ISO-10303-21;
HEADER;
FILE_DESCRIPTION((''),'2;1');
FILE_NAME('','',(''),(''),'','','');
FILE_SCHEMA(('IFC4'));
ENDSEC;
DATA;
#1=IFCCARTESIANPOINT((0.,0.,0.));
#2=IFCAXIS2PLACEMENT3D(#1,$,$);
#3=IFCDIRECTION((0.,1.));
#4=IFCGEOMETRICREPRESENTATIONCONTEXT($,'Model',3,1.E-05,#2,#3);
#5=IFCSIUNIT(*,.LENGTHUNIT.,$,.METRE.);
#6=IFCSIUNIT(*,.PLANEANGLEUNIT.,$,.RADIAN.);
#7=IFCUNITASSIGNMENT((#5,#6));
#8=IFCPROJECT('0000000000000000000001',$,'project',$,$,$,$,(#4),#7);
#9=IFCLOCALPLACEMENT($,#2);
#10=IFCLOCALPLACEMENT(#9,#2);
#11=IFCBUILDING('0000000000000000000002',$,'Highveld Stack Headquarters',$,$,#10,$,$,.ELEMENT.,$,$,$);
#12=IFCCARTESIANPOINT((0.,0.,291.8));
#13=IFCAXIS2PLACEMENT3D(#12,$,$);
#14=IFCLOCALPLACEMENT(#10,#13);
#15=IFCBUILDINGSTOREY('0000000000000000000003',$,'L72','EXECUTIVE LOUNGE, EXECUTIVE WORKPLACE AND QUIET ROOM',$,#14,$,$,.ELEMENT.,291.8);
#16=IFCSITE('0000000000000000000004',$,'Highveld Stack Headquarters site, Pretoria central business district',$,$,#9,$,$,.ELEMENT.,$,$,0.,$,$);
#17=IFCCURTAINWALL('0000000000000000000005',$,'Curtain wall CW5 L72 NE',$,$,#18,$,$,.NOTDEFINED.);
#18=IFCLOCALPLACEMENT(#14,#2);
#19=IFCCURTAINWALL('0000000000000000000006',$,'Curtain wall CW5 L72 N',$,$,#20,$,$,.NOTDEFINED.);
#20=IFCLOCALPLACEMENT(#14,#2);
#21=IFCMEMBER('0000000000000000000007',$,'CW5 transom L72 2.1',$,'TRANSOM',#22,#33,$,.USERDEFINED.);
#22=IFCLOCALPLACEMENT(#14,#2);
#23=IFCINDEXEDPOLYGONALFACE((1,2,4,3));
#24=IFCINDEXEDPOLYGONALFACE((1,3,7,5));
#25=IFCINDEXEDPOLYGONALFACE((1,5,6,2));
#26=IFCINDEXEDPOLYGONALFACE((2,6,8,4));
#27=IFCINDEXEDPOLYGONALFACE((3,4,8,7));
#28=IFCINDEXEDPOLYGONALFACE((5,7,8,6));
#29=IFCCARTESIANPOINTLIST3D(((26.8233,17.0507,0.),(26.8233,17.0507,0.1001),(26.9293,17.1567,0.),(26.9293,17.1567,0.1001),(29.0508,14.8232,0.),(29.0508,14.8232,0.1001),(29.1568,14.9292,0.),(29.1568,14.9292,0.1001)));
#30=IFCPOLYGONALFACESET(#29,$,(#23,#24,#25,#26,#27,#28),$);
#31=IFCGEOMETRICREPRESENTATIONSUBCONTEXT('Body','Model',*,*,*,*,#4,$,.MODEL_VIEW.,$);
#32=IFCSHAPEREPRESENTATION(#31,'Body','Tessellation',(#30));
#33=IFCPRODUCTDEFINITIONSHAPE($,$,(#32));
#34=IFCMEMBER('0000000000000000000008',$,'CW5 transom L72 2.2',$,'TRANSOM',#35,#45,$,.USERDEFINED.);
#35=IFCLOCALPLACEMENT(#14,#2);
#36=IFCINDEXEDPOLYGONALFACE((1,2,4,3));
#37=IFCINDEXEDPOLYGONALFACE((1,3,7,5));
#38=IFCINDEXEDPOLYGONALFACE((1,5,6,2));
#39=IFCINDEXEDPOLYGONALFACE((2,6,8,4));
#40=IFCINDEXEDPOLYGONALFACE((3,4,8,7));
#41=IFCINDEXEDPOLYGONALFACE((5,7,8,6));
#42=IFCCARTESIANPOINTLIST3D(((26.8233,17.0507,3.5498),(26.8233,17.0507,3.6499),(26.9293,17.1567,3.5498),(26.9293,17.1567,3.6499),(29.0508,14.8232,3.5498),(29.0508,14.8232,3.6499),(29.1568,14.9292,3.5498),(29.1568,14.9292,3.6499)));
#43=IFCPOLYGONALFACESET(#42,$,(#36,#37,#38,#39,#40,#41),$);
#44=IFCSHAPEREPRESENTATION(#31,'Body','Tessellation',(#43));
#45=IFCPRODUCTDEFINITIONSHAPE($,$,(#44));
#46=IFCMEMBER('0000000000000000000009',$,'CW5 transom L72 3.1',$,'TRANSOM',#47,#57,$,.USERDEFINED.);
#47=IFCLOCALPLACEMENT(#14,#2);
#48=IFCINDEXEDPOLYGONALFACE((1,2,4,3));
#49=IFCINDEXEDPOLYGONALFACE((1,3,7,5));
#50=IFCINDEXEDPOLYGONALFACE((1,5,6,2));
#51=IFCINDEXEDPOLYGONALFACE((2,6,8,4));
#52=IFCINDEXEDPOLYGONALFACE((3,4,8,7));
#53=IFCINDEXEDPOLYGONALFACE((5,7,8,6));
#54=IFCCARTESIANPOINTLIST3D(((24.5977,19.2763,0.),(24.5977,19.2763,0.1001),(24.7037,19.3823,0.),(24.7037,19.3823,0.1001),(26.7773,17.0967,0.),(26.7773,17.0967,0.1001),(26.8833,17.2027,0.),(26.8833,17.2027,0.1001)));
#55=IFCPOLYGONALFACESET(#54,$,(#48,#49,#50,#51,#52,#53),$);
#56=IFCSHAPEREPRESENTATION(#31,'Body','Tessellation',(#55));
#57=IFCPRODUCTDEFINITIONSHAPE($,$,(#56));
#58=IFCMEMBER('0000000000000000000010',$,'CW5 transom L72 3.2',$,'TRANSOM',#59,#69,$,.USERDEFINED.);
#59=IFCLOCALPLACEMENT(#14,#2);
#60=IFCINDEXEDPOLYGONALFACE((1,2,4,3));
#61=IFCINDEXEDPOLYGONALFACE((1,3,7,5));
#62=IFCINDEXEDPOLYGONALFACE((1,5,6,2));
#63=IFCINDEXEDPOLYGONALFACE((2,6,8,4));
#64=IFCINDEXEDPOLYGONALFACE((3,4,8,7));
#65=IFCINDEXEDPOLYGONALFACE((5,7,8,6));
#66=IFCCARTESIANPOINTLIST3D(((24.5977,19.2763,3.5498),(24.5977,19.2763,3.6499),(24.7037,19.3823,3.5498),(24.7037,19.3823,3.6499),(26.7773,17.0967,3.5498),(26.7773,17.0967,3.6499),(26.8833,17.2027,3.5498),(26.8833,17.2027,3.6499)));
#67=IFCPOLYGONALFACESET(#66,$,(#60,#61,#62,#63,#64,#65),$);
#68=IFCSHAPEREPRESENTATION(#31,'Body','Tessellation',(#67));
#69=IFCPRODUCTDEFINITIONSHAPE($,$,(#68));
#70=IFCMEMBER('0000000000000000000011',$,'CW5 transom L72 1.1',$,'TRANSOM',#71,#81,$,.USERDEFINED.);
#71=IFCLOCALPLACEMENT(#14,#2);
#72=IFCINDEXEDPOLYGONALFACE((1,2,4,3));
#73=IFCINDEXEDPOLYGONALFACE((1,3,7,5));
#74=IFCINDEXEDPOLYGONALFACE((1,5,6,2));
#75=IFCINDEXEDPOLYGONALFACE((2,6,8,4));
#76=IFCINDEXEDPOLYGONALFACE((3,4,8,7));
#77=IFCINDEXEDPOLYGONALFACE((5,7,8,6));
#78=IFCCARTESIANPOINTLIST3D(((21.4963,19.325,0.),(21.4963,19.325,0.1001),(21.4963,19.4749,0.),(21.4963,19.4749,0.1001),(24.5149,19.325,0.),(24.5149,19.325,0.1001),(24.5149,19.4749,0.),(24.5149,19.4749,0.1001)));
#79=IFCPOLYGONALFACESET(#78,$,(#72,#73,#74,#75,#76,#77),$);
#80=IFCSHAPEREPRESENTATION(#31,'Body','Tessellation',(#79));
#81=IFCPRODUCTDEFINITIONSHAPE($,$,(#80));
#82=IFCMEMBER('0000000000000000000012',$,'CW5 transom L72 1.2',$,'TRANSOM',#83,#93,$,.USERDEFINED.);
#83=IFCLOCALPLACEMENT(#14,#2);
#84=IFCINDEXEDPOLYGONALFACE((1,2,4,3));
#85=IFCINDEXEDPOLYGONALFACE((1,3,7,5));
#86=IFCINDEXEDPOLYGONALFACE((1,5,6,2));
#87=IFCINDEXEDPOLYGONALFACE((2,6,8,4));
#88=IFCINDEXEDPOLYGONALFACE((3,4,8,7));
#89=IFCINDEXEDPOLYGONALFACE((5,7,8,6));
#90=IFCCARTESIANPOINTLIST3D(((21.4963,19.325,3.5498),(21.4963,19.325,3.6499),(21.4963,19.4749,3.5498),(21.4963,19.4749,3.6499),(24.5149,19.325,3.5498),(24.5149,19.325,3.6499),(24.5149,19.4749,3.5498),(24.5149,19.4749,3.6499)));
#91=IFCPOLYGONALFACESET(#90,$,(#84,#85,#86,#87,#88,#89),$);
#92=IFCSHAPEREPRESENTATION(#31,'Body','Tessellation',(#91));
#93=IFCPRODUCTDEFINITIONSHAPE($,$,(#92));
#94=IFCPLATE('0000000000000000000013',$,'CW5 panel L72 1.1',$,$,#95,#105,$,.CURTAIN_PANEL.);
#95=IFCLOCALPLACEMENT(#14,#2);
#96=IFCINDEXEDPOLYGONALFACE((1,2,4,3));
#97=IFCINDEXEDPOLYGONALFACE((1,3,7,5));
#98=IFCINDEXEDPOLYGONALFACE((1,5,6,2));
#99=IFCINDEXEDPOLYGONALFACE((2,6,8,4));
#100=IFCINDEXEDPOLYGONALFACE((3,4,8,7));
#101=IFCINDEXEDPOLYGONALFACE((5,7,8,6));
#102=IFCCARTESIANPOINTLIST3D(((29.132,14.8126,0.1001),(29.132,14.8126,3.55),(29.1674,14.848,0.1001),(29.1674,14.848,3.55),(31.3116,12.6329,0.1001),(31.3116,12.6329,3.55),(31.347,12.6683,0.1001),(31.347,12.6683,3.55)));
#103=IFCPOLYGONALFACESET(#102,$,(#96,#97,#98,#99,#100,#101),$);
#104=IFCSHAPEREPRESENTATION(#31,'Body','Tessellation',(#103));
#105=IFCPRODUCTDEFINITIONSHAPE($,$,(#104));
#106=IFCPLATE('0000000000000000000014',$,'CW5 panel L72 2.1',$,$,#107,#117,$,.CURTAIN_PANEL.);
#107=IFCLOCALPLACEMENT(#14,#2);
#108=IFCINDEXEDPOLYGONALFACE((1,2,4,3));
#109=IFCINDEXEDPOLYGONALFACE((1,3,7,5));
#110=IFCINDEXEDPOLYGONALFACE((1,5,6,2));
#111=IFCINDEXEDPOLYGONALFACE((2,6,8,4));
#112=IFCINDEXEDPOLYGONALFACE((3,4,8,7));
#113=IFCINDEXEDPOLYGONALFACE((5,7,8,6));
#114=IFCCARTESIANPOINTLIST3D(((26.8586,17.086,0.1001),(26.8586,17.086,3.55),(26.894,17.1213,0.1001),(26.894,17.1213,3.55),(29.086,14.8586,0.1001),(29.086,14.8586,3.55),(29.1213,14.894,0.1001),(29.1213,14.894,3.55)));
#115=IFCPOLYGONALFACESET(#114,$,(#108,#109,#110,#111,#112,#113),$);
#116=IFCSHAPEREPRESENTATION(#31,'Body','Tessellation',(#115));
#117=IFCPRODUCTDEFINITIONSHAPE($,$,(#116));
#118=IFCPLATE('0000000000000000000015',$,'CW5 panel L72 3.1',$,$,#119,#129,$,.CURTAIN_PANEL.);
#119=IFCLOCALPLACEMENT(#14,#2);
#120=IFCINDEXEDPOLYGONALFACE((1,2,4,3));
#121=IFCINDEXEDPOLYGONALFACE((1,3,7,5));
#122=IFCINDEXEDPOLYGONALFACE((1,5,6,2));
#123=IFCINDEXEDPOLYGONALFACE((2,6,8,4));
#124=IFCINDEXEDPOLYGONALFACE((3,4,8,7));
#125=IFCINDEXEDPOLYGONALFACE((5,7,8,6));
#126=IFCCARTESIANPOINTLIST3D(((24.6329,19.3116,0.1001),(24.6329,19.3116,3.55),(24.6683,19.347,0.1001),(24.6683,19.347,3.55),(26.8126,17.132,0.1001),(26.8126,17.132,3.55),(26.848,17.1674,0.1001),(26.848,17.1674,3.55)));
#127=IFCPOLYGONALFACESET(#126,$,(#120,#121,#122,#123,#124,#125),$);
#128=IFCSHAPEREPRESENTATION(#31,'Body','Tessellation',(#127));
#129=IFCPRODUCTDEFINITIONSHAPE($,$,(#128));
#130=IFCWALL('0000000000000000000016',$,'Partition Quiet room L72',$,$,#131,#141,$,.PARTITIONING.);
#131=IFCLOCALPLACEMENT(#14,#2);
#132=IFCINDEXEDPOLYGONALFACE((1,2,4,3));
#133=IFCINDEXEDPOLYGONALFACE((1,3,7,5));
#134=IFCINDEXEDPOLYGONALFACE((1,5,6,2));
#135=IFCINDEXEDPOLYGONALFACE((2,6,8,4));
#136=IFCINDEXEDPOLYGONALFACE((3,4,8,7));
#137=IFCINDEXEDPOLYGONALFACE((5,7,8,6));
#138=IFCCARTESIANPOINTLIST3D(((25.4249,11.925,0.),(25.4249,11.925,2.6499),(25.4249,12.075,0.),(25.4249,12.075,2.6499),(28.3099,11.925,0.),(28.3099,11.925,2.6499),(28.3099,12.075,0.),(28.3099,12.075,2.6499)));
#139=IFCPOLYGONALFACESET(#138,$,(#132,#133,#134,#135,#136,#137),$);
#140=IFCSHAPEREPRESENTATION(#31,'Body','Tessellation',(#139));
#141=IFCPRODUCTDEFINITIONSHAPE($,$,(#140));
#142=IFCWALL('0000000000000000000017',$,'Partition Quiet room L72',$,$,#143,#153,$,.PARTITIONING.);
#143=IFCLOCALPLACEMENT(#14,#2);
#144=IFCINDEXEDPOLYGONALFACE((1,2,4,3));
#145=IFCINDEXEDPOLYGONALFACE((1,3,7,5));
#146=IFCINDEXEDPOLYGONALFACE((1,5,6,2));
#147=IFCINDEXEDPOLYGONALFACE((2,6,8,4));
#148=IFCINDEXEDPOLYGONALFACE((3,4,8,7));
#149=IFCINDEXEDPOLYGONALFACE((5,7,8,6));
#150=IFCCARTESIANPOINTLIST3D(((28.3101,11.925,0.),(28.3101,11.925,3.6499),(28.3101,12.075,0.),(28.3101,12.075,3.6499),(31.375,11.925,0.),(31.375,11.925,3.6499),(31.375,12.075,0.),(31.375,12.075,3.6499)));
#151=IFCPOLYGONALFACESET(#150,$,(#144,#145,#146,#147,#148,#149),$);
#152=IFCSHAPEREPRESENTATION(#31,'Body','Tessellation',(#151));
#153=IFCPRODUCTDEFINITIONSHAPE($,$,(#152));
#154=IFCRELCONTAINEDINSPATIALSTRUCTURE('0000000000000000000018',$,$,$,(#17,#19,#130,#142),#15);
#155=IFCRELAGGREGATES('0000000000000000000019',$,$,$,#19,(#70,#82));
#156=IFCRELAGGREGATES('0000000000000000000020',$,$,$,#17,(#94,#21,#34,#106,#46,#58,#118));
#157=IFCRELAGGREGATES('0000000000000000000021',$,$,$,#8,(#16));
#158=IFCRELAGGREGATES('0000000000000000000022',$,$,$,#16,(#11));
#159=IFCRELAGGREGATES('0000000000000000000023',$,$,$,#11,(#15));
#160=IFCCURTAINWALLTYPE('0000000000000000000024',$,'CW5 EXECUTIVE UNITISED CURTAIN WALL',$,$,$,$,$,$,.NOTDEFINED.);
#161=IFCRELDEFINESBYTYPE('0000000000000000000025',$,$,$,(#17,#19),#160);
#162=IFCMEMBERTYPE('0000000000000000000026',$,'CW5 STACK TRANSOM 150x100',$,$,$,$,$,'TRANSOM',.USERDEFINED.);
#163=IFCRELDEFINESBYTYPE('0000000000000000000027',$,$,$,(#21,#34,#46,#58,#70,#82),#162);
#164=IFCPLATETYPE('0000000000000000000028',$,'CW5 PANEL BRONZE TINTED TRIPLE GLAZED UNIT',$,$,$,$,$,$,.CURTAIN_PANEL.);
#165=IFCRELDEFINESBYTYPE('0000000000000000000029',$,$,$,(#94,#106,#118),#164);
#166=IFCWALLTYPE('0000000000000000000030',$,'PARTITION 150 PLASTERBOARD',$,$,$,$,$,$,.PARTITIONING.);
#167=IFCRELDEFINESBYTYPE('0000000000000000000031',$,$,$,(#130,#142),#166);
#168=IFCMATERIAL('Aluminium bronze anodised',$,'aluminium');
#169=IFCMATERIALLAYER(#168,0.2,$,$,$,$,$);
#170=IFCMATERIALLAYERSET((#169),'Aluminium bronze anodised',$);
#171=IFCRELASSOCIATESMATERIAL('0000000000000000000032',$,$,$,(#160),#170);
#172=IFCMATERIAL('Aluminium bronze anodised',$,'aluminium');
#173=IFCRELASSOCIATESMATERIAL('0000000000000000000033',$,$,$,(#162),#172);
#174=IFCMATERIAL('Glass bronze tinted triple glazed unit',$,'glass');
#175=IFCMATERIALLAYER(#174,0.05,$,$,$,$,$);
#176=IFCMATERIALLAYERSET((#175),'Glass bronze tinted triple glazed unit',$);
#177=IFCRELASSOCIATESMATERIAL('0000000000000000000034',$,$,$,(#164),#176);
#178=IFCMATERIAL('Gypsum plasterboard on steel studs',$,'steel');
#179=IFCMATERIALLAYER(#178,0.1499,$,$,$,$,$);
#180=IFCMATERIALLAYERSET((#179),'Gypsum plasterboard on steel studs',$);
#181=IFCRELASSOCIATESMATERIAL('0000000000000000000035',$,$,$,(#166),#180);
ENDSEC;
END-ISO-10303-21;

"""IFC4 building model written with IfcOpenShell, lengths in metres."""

from ifc_helpers import new_model, si_unit, direction, frame, frame_2d, origin, origin_2d, place, context, subcontext, project, spatial, rectangle, extrude, material, layer, layer_set, material_profile, profile_set, type_object, element, aggregate, save


model = new_model("IFC4")

# Units and contexts
model_context = context("Model", 3, precision=1e-05, world=origin(), true_north=direction((0.0, 1.0)))
body_context = subcontext(model_context, "Body", "Model", "MODEL_VIEW")
ifc_project = project(units=[si_unit("LENGTHUNIT", "METRE"), si_unit("PLANEANGLEUNIT", "RADIAN")], contexts=[model_context])

# Site, building, storey
site_placement = place(None, origin())
site = spatial("IfcSite", under=ifc_project, at=site_placement, Name="Highveld Stack Headquarters site, Pretoria central business district", CompositionType="ELEMENT", RefElevation=0.0)
building_placement = place(site_placement, origin())
building = spatial("IfcBuilding", under=site, at=building_placement, Name="Highveld Stack Headquarters", CompositionType="ELEMENT")
storey_placement = place(building_placement, frame((0.0, 0.0, 291.8)))
storey = spatial("IfcBuildingStorey", under=building, at=storey_placement, Name="L72", Description="EXECUTIVE LOUNGE, EXECUTIVE WORKPLACE AND QUIET ROOM", CompositionType="ELEMENT", Elevation=291.8)

# Shared definitions
ifc_material_1 = material(Name="Aluminium bronze anodised", Category="aluminium")
ifc_layer_1 = layer(ifc_material_1, 0.2)
ifc_layer_set_1 = layer_set([ifc_layer_1], Name="Aluminium bronze anodised")
curtain_wall_type = type_object("IfcCurtainWallType", Name="CW5 EXECUTIVE UNITISED CURTAIN WALL", PredefinedType="NOTDEFINED", material=ifc_layer_set_1)

# Curtain wall
curtain_wall_1_placement = place(storey_placement, origin())
curtain_wall_1 = element("IfcCurtainWall", 1, at=curtain_wall_1_placement, inside=storey, type_object=curtain_wall_type, Name="Curtain wall CW5 L72 NE", PredefinedType="NOTDEFINED")

# Curtain wall
curtain_wall_2_placement = place(storey_placement, origin())
curtain_wall_2 = element("IfcCurtainWall", 2, at=curtain_wall_2_placement, inside=storey, type_object=curtain_wall_type, Name="Curtain wall CW5 L72 N", PredefinedType="NOTDEFINED")

# Members
ifc_material_2 = material(Name="Aluminium bronze anodised", Category="aluminium")
ifc_material_profile_1 = material_profile(ifc_material_2, rectangle(XDim=0.1499, YDim=0.1001, at=origin_2d()), Name="CW5 TRANSOM 150x100")
ifc_profile_set_1 = profile_set([ifc_material_profile_1], Name="Aluminium bronze anodised")
member_type_1 = type_object("IfcMemberType", Name="CW5 STACK TRANSOM 150x100", ElementType="TRANSOM", PredefinedType="USERDEFINED", material=ifc_profile_set_1)
member_1_placement = place(storey_placement, frame((29.1038, 14.8762, 0.05), z_axis=(-0.707107, 0.707107, 0.0), x_axis=(-0.707107, -0.707107, 0.0)))
member_1 = element("IfcMember", 3, at=member_1_placement, type_object=member_type_1, Name="CW5 transom L72 2.1", ObjectType="TRANSOM", PredefinedType="USERDEFINED", context=body_context, shape_type="SweptSolid", body=[
    extrude(rectangle(XDim=0.1499, YDim=0.1001, at=origin_2d()), origin(), (0.0, 0.0, 1.0), 3.1501),
])
member_2_placement = place(storey_placement, frame((29.1038, 14.8762, 3.5999), z_axis=(-0.707107, 0.707107, 0.0), x_axis=(-0.707107, -0.707107, 0.0)))
member_2 = element("IfcMember", 4, at=member_2_placement, type_object=member_type_1, Name="CW5 transom L72 2.2", ObjectType="TRANSOM", PredefinedType="USERDEFINED", context=body_context, shape_type="SweptSolid", body=[
    extrude(rectangle(XDim=0.1499, YDim=0.1001, at=origin_2d()), origin(), (0.0, 0.0, 1.0), 3.1501),
])
member_3_placement = place(storey_placement, frame((26.8303, 17.1497, 0.05), z_axis=(-0.707107, 0.707107, 0.0), x_axis=(-0.707107, -0.707107, 0.0)))
member_3 = element("IfcMember", 5, at=member_3_placement, type_object=member_type_1, Name="CW5 transom L72 3.1", ObjectType="TRANSOM", PredefinedType="USERDEFINED", context=body_context, shape_type="SweptSolid", body=[
    extrude(rectangle(XDim=0.1499, YDim=0.1001, at=origin_2d()), origin(), (0.0, 0.0, 1.0), 3.0825),
])
member_4_placement = place(storey_placement, frame((26.8303, 17.1497, 3.5999), z_axis=(-0.707107, 0.707107, 0.0), x_axis=(-0.707107, -0.707107, 0.0)))
member_4 = element("IfcMember", 6, at=member_4_placement, type_object=member_type_1, Name="CW5 transom L72 3.2", ObjectType="TRANSOM", PredefinedType="USERDEFINED", context=body_context, shape_type="SweptSolid", body=[
    extrude(rectangle(XDim=0.1499, YDim=0.1001, at=origin_2d()), origin(), (0.0, 0.0, 1.0), 3.0825),
])
member_5_placement = place(storey_placement, frame((24.5149, 19.3999, 0.05), z_axis=(-1.0, 0.0, 0.0), x_axis=(0.0, -1.0, 0.0)))
member_5 = element("IfcMember", 7, at=member_5_placement, type_object=member_type_1, Name="CW5 transom L72 1.1", ObjectType="TRANSOM", PredefinedType="USERDEFINED", context=body_context, shape_type="SweptSolid", body=[
    extrude(rectangle(XDim=0.1499, YDim=0.1001, at=origin_2d()), origin(), (0.0, 0.0, 1.0), 3.0186),
])
member_6_placement = place(storey_placement, frame((24.5149, 19.3999, 3.5999), z_axis=(-1.0, 0.0, 0.0), x_axis=(0.0, -1.0, 0.0)))
member_6 = element("IfcMember", 8, at=member_6_placement, type_object=member_type_1, Name="CW5 transom L72 1.2", ObjectType="TRANSOM", PredefinedType="USERDEFINED", context=body_context, shape_type="SweptSolid", body=[
    extrude(rectangle(XDim=0.1499, YDim=0.1001, at=origin_2d()), origin(), (0.0, 0.0, 1.0), 3.0186),
])
aggregate(curtain_wall_2, [member_5, member_6])

# Plates
ifc_material_3 = material(Name="Glass bronze tinted triple glazed unit", Category="glass")
ifc_layer_2 = layer(ifc_material_3, 0.05)
ifc_layer_set_2 = layer_set([ifc_layer_2], Name="Glass bronze tinted triple glazed unit")
plate_type = type_object("IfcPlateType", Name="CW5 PANEL BRONZE TINTED TRIPLE GLAZED UNIT", PredefinedType="CURTAIN_PANEL", material=ifc_layer_set_2)
plate_1_placement = place(storey_placement, frame((30.2395, 13.7405, 0.1001), z_axis=(0.0, 0.0, 1.0), x_axis=(-0.707107, 0.707107, 0.0)))
plate_1 = element("IfcPlate", 9, at=plate_1_placement, type_object=plate_type, Name="CW5 panel L72 1.1", PredefinedType="CURTAIN_PANEL", context=body_context, shape_type="SweptSolid", body=[
    extrude(rectangle(XDim=3.0825, YDim=0.05, at=origin_2d()), origin(), (0.0, 0.0, 1.0), 3.45),
])
plate_2_placement = place(storey_placement, frame((27.99, 15.99, 0.1001), z_axis=(0.0, 0.0, 1.0), x_axis=(-0.707107, 0.707107, 0.0)))
plate_2 = element("IfcPlate", 10, at=plate_2_placement, type_object=plate_type, Name="CW5 panel L72 2.1", PredefinedType="CURTAIN_PANEL", context=body_context, shape_type="SweptSolid", body=[
    extrude(rectangle(XDim=3.1499, YDim=0.05, at=origin_2d()), origin(), (0.0, 0.0, 1.0), 3.45),
])
plate_3_placement = place(storey_placement, frame((25.7405, 18.2395, 0.1001), z_axis=(0.0, 0.0, 1.0), x_axis=(-0.707107, 0.707107, 0.0)))
plate_3 = element("IfcPlate", 11, at=plate_3_placement, type_object=plate_type, Name="CW5 panel L72 3.1", PredefinedType="CURTAIN_PANEL", context=body_context, shape_type="SweptSolid", body=[
    extrude(rectangle(XDim=3.0825, YDim=0.05, at=origin_2d()), origin(), (0.0, 0.0, 1.0), 3.45),
])
aggregate(curtain_wall_1, [plate_1, member_1, member_2, plate_2, member_3, member_4, plate_3])

# Walls
ifc_material_4 = material(Name="Gypsum plasterboard on steel studs", Category="steel")
ifc_layer_3 = layer(ifc_material_4, 0.1499)
ifc_layer_set_3 = layer_set([ifc_layer_3], Name="Gypsum plasterboard on steel studs")
wall_type = type_object("IfcWallType", Name="PARTITION 150 PLASTERBOARD", PredefinedType="PARTITIONING", material=ifc_layer_set_3)
wall_1_placement = place(storey_placement, frame((25.425, 12.0, 0.0), z_axis=(0.0, 0.0, 1.0), x_axis=(1.0, 0.0, 0.0)))
element("IfcWall", 12, at=wall_1_placement, inside=storey, type_object=wall_type, Name="Partition Quiet room L72", PredefinedType="PARTITIONING", context=body_context, shape_type="SweptSolid", body=[
    extrude(rectangle(XDim=2.885, YDim=0.1499, at=frame_2d((1.4424, 0.0))), origin(), (0.0, 0.0, 1.0), 2.6499),
])
wall_2_placement = place(storey_placement, frame((28.3101, 12.0, 0.0), z_axis=(0.0, 0.0, 1.0), x_axis=(1.0, 0.0, 0.0)))
element("IfcWall", 13, at=wall_2_placement, inside=storey, type_object=wall_type, Name="Partition Quiet room L72", PredefinedType="PARTITIONING", context=body_context, shape_type="SweptSolid", body=[
    extrude(rectangle(XDim=3.0649, YDim=0.1499, at=frame_2d((1.5325, 0.0))), origin(), (0.0, 0.0, 1.0), 3.6499),
])

save(model, "model.ifc")
